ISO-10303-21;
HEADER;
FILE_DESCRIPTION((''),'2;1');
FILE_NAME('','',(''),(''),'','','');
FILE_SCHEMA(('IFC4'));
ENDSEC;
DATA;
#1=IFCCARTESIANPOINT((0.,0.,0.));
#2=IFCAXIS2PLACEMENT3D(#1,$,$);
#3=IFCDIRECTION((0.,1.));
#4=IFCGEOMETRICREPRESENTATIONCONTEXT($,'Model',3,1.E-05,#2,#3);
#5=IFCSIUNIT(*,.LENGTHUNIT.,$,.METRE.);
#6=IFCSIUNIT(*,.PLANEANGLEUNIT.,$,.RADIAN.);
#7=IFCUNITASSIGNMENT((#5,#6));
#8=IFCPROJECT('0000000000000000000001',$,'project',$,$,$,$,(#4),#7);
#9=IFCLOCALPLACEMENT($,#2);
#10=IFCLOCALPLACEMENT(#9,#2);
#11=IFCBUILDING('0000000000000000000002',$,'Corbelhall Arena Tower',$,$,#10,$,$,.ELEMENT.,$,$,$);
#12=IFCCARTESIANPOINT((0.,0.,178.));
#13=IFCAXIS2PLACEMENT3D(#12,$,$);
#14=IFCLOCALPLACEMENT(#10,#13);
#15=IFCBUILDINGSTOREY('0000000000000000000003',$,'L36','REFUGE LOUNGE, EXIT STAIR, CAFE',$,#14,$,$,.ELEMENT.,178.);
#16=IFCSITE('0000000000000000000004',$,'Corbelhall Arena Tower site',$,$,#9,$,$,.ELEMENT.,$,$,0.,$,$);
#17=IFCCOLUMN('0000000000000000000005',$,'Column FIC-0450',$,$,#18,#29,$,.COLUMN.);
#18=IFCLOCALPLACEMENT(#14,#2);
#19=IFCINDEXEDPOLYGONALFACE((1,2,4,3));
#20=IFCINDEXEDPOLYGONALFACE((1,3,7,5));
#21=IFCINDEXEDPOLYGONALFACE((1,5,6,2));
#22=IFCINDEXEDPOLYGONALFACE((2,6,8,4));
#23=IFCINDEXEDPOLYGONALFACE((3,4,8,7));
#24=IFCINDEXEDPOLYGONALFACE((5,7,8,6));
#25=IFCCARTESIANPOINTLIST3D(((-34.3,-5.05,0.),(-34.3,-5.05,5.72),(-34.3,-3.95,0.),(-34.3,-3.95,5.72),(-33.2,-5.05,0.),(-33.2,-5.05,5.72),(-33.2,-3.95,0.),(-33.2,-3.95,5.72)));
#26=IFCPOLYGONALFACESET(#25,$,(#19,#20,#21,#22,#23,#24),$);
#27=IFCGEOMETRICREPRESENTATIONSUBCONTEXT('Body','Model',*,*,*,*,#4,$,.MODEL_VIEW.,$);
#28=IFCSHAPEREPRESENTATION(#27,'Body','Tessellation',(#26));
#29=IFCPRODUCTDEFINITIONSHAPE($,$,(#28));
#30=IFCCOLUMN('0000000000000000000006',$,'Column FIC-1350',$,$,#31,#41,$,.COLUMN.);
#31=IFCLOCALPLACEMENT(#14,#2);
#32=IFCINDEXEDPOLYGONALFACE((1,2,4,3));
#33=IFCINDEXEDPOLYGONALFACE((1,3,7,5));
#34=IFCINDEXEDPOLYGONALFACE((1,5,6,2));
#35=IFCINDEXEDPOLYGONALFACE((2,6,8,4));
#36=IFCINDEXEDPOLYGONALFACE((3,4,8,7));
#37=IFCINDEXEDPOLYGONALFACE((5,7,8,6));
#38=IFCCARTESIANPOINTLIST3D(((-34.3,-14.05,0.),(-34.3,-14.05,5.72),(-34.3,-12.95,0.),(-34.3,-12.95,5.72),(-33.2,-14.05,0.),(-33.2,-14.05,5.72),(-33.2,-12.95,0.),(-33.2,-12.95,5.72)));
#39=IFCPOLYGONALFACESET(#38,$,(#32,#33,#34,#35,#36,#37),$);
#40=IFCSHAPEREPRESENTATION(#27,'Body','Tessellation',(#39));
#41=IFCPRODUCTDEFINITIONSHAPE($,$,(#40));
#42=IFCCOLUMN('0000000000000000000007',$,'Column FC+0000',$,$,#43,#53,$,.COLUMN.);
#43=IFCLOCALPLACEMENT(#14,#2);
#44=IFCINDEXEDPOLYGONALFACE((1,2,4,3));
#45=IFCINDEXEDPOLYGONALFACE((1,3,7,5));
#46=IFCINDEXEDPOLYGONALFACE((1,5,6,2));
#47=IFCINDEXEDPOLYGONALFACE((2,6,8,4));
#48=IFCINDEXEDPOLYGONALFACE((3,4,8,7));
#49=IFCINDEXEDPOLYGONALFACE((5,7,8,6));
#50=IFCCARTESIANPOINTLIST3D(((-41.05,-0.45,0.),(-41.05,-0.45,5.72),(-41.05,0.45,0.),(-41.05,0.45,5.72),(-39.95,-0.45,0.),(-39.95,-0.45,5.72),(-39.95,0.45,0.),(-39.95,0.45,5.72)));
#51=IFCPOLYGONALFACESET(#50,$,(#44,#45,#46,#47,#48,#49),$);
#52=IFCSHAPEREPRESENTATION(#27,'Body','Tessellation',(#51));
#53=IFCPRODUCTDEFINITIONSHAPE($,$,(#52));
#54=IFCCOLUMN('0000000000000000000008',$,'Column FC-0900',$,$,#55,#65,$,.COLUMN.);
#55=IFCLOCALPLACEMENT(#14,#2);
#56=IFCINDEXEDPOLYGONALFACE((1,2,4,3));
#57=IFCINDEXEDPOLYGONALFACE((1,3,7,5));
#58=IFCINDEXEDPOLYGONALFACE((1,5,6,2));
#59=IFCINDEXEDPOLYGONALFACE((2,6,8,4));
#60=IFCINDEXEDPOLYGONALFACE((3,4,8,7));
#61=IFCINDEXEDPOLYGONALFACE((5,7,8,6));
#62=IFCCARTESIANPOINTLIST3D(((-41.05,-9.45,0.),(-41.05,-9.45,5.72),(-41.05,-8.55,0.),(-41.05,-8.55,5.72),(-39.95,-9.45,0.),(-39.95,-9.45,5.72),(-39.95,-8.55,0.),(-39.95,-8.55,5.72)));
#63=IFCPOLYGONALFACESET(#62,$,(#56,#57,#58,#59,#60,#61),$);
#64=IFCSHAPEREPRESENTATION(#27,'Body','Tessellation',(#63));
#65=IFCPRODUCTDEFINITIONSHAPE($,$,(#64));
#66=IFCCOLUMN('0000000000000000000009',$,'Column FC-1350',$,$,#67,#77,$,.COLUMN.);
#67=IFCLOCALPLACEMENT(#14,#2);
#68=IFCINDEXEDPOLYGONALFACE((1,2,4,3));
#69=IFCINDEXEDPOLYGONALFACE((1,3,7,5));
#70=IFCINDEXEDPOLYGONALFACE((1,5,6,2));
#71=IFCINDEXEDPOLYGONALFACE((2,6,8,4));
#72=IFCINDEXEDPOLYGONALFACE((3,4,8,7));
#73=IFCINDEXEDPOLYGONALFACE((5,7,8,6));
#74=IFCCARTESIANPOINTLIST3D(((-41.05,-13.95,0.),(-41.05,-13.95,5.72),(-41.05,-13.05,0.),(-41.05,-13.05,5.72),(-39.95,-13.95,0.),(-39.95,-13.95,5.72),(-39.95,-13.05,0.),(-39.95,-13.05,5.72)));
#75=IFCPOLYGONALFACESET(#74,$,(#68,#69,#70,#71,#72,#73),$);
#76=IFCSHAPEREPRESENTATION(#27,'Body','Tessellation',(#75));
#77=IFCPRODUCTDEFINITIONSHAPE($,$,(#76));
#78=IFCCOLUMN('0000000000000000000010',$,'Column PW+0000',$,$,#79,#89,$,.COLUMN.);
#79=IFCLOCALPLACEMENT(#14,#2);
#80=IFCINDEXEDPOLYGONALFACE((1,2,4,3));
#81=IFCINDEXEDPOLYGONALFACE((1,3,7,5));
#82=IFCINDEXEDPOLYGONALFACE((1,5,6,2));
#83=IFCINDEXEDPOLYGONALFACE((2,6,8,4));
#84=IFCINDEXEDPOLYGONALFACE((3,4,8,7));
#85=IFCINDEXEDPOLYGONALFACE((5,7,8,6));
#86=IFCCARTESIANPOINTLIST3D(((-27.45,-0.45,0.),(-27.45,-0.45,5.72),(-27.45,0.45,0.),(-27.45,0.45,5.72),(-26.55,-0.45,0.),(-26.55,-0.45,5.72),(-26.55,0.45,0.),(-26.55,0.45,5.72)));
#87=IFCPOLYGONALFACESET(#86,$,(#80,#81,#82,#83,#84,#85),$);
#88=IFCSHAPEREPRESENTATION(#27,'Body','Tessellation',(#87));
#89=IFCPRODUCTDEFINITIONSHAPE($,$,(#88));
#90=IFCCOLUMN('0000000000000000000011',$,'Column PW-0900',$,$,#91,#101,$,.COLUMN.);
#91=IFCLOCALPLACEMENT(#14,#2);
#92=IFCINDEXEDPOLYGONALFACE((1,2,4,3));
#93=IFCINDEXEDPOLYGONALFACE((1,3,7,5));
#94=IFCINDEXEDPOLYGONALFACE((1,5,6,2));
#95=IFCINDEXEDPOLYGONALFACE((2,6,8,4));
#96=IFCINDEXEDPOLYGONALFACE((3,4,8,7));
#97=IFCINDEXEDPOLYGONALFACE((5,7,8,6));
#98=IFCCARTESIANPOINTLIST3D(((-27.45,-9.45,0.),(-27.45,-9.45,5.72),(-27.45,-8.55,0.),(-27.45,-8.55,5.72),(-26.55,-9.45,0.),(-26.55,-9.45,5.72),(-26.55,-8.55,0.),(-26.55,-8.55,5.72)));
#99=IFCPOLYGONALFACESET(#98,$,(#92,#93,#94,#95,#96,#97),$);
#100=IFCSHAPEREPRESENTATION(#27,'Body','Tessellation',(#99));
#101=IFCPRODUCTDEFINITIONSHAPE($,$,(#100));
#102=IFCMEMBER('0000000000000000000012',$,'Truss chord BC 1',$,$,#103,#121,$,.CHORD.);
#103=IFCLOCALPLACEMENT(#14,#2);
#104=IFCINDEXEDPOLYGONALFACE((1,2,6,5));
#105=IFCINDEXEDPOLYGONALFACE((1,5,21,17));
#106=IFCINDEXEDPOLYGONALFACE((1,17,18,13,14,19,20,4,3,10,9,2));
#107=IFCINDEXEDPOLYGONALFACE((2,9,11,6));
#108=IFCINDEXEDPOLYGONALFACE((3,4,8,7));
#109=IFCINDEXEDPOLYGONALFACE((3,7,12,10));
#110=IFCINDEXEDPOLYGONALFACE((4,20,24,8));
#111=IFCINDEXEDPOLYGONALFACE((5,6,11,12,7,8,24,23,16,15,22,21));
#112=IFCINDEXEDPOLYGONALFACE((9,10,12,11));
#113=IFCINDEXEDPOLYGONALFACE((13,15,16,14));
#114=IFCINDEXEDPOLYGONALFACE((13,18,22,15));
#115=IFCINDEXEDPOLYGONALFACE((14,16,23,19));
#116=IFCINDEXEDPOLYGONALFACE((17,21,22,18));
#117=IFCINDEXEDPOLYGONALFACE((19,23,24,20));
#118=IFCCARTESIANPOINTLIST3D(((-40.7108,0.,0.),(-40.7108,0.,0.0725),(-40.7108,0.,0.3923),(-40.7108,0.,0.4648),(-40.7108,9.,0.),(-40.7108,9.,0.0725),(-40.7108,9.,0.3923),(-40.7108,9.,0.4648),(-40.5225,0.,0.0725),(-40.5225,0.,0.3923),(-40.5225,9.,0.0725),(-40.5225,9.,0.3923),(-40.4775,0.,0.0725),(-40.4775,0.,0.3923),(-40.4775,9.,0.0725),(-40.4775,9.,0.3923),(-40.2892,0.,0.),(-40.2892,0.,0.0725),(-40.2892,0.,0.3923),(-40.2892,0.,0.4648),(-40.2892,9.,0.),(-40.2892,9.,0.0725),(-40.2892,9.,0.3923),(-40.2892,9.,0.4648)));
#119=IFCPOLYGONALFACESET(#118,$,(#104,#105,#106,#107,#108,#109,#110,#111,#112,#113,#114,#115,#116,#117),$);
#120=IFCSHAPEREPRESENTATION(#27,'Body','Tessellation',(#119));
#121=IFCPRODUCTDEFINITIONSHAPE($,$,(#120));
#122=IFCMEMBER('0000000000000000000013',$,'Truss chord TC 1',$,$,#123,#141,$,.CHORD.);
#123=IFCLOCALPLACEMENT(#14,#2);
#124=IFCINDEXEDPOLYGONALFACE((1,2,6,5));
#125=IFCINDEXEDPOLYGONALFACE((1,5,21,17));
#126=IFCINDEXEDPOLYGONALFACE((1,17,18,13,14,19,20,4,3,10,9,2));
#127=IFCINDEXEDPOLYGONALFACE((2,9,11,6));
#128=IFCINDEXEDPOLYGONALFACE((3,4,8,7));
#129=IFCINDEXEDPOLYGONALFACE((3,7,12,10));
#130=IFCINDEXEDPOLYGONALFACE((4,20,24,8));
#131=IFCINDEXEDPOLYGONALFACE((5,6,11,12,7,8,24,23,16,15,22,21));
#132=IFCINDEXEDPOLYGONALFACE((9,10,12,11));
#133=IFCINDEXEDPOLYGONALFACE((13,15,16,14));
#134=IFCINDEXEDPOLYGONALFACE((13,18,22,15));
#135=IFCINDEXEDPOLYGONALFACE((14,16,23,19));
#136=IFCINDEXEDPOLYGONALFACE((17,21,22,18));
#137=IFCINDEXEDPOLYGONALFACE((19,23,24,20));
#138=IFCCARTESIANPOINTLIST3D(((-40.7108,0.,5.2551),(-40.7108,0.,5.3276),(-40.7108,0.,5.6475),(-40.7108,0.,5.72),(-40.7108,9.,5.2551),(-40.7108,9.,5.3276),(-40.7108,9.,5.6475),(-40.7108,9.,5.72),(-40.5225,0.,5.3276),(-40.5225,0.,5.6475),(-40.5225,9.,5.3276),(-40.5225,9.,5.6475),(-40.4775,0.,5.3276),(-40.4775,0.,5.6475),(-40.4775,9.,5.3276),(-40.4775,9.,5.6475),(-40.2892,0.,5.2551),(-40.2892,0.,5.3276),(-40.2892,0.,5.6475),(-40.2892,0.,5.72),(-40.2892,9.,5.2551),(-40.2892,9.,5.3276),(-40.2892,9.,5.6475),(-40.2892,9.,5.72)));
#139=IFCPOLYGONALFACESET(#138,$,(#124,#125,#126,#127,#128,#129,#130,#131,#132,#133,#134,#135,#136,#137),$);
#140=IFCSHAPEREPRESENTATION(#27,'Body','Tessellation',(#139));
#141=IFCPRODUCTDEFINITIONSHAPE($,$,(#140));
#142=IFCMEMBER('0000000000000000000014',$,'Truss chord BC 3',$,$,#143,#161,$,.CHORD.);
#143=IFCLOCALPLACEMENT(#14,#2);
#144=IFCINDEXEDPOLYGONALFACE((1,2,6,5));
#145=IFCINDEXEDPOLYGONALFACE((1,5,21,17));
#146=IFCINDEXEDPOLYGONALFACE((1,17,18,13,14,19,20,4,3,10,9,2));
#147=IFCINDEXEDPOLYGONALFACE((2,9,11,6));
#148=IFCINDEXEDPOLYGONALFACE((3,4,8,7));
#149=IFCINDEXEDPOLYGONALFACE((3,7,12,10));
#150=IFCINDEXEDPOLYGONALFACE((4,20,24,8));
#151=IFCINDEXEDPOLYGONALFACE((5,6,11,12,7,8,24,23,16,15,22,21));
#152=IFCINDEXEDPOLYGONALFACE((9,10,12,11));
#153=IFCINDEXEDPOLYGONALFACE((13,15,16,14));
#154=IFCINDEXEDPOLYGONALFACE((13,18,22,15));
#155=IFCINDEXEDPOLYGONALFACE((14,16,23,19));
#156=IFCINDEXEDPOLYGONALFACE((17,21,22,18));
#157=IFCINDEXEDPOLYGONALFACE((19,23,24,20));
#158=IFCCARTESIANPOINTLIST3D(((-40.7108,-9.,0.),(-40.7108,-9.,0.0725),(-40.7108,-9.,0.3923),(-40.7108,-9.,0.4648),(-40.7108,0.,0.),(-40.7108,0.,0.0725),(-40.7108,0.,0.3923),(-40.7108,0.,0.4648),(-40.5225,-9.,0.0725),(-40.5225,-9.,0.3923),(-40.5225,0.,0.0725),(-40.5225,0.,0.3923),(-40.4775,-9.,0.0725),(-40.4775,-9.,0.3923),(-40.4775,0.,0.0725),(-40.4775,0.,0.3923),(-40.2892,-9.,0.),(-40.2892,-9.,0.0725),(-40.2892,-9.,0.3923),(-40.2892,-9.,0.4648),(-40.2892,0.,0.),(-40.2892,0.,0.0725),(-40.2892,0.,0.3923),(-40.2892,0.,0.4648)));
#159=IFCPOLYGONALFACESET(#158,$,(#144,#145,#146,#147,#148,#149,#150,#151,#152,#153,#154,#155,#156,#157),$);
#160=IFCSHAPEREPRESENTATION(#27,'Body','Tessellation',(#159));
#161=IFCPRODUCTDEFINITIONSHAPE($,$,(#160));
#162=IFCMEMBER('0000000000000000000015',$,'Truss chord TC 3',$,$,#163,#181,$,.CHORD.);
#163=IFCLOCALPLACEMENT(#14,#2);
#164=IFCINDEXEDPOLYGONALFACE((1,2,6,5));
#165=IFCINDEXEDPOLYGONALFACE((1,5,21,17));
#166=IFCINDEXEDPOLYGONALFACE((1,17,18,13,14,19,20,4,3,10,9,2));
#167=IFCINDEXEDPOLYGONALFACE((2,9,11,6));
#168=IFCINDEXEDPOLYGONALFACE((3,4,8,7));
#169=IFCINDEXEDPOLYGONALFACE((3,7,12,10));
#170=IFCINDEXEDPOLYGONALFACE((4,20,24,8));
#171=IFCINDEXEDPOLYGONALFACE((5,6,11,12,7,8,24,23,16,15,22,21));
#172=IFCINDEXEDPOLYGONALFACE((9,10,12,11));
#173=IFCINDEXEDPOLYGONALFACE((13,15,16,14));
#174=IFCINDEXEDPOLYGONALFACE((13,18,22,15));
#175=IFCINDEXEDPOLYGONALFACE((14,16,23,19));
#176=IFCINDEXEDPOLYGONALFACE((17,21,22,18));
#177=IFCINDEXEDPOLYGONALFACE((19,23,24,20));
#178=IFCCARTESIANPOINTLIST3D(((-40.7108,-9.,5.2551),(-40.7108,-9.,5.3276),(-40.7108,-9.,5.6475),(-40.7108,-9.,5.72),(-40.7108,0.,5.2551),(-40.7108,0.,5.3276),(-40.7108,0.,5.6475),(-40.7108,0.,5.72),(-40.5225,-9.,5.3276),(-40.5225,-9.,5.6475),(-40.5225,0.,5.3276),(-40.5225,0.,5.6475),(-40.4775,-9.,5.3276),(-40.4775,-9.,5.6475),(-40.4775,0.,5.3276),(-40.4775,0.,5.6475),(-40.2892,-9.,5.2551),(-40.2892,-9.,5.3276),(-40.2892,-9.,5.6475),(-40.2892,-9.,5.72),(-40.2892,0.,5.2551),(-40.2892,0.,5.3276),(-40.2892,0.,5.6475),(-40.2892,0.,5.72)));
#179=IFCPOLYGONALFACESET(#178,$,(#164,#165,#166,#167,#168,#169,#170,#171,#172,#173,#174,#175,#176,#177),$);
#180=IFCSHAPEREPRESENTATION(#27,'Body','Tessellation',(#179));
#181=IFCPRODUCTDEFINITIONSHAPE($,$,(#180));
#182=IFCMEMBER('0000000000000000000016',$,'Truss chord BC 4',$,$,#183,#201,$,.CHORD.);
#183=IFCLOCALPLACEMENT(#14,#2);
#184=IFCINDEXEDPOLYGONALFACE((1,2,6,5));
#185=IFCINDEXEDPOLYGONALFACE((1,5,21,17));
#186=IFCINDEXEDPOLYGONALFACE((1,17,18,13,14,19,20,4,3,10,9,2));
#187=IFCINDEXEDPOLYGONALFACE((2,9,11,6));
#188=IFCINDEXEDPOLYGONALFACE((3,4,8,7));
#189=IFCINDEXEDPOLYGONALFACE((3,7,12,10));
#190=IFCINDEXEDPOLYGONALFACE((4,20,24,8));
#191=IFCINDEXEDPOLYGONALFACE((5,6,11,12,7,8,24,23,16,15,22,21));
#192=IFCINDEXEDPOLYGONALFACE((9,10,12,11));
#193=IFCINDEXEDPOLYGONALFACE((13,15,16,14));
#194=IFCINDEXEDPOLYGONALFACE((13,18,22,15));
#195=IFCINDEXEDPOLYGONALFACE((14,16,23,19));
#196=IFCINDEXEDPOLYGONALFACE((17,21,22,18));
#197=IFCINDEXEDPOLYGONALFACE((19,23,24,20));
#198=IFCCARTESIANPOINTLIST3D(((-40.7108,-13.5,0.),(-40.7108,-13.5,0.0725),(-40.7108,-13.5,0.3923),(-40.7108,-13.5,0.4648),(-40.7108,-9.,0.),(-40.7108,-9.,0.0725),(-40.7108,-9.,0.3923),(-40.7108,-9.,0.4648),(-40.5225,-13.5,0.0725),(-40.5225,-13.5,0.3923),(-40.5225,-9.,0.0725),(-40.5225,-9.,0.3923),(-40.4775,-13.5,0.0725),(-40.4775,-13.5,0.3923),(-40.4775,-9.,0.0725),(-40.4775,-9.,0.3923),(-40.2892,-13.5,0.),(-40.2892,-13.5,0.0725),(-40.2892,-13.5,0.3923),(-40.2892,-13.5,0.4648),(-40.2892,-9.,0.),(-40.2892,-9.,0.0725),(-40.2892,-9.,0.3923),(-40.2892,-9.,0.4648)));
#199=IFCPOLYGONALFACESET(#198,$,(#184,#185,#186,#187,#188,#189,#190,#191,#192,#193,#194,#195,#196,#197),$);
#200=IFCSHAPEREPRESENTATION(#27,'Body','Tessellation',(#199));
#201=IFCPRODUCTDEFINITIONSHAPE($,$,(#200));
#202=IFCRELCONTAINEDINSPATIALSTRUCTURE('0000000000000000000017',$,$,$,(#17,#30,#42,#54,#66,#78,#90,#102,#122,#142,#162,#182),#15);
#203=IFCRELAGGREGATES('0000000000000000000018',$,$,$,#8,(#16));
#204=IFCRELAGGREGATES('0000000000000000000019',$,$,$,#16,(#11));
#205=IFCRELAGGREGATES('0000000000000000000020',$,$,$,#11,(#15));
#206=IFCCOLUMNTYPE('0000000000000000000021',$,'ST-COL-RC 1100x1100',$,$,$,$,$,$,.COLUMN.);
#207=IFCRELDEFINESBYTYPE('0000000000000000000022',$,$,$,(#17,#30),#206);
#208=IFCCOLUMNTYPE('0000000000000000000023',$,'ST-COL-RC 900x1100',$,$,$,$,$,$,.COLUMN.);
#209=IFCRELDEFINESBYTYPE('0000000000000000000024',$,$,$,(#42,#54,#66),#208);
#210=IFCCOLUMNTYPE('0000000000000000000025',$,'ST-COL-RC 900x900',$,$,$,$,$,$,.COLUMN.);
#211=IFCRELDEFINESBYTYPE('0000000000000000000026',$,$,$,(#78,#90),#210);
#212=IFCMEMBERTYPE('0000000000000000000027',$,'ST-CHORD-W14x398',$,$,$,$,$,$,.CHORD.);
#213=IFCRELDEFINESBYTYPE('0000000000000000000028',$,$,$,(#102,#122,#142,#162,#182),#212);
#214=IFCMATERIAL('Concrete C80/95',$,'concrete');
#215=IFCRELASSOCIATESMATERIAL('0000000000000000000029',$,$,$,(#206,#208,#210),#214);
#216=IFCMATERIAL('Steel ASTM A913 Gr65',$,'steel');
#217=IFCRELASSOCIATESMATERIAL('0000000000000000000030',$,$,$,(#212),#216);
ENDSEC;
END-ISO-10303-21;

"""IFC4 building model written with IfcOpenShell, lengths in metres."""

from ifc_helpers import new_model, si_unit, direction, frame, origin, origin_2d, place, context, subcontext, project, spatial, rectangle, i_section, extrude, material, material_profile, profile_set, type_object, element, save


model = new_model("IFC4")

# Units and contexts
model_context = context("Model", 3, precision=1e-05, world=origin(), true_north=direction((0.0, 1.0)))
body_context = subcontext(model_context, "Body", "Model", "MODEL_VIEW")
ifc_project = project(units=[si_unit("LENGTHUNIT", "METRE"), si_unit("PLANEANGLEUNIT", "RADIAN")], contexts=[model_context])

# Site, building, storey
site_placement = place(None, origin())
site = spatial("IfcSite", under=ifc_project, at=site_placement, Name="Corbelhall Arena Tower site", CompositionType="ELEMENT", RefElevation=0.0)
building_placement = place(site_placement, origin())
building = spatial("IfcBuilding", under=site, at=building_placement, Name="Corbelhall Arena Tower", CompositionType="ELEMENT")
storey_placement = place(building_placement, frame((0.0, 0.0, 178.0)))
storey = spatial("IfcBuildingStorey", under=building, at=storey_placement, Name="L36", Description="REFUGE LOUNGE, EXIT STAIR, CAFE", CompositionType="ELEMENT", Elevation=178.0)

# Columns
ifc_material_1 = material(Name="Concrete C80/95", Category="concrete")
ifc_material_profile_1 = material_profile(ifc_material_1, rectangle(XDim=1.1001, YDim=1.1001, at=origin_2d()))
ifc_profile_set_1 = profile_set([ifc_material_profile_1], Name="Concrete C80/95")
column_type_1 = type_object("IfcColumnType", Name="ST-COL-RC 1100x1100", PredefinedType="COLUMN", material=ifc_profile_set_1)
for number, where, z_axis, x_axis, name in (
    (1, (-33.75, -4.5, 0.0), (0.0, 0.0, 1.0), (1.0, 0.0, 0.0), "Column FIC-0450"),
    (2, (-33.75, -13.5, 0.0), (0.0, 0.0, 1.0), (1.0, 0.0, 0.0), "Column FIC-1350"),
):
    element("IfcColumn", number, at=place(storey_placement, frame(where, z_axis=z_axis, x_axis=x_axis)), inside=storey, type_object=column_type_1, Name=name, PredefinedType="COLUMN", context=body_context, shape_type="SweptSolid", body=[
        extrude(rectangle(XDim=1.1001, YDim=1.1001, at=origin_2d()), origin(), (0.0, 0.0, 1.0), 5.72),
    ])
ifc_material_profile_2 = material_profile(ifc_material_1, rectangle(XDim=0.8999, YDim=1.1001, at=origin_2d()))
ifc_profile_set_2 = profile_set([ifc_material_profile_2], Name="Concrete C80/95")
column_type_2 = type_object("IfcColumnType", Name="ST-COL-RC 900x1100", PredefinedType="COLUMN", material=ifc_profile_set_2)
for number, where, z_axis, x_axis, name in (
    (3, (-40.5, 0.0, 0.0), (0.0, 0.0, 1.0), (0.0, 1.0, 0.0), "Column FC+0000"),
    (4, (-40.5, -9.0, 0.0), (0.0, 0.0, 1.0), (0.0, 1.0, 0.0), "Column FC-0900"),
    (5, (-40.5, -13.5, 0.0), (0.0, 0.0, 1.0), (0.0, 1.0, 0.0), "Column FC-1350"),
):
    element("IfcColumn", number, at=place(storey_placement, frame(where, z_axis=z_axis, x_axis=x_axis)), inside=storey, type_object=column_type_2, Name=name, PredefinedType="COLUMN", context=body_context, shape_type="SweptSolid", body=[
        extrude(rectangle(XDim=0.8999, YDim=1.1001, at=origin_2d()), origin(), (0.0, 0.0, 1.0), 5.72),
    ])
ifc_material_profile_3 = material_profile(ifc_material_1, rectangle(XDim=0.8999, YDim=0.8999, at=origin_2d()))
ifc_profile_set_3 = profile_set([ifc_material_profile_3], Name="Concrete C80/95")
column_type_3 = type_object("IfcColumnType", Name="ST-COL-RC 900x900", PredefinedType="COLUMN", material=ifc_profile_set_3)
for number, where, z_axis, x_axis, name in (
    (6, (-27.0, 0.0, 0.0), (0.0, 0.0, 1.0), (1.0, 0.0, 0.0), "Column PW+0000"),
    (7, (-27.0, -9.0, 0.0), (0.0, 0.0, 1.0), (1.0, 0.0, 0.0), "Column PW-0900"),
):
    element("IfcColumn", number, at=place(storey_placement, frame(where, z_axis=z_axis, x_axis=x_axis)), inside=storey, type_object=column_type_3, Name=name, PredefinedType="COLUMN", context=body_context, shape_type="SweptSolid", body=[
        extrude(rectangle(XDim=0.8999, YDim=0.8999, at=origin_2d()), origin(), (0.0, 0.0, 1.0), 5.72),
    ])

# Members
ifc_material_2 = material(Name="Steel ASTM A913 Gr65", Category="steel")
ifc_material_profile_4 = material_profile(ifc_material_2, i_section(OverallWidth=0.4216, OverallDepth=0.4648, WebThickness=0.0449, FlangeThickness=0.0725, at=origin_2d()))
ifc_profile_set_4 = profile_set([ifc_material_profile_4], Name="Steel ASTM A913 Gr65")
member_type_1 = type_object("IfcMemberType", Name="ST-CHORD-W14x398", PredefinedType="CHORD", material=ifc_profile_set_4)
for number, where, z_axis, x_axis, name in (
    (8, (-40.5, 0.0, 0.2324), (0.0, 1.0, 0.0), (-1.0, 0.0, 0.0), "Truss chord BC 1"),
    (9, (-40.5, 0.0, 5.4875), (0.0, 1.0, 0.0), (-1.0, 0.0, 0.0), "Truss chord TC 1"),
    (10, (-40.5, -9.0, 0.2324), (0.0, 1.0, 0.0), (-1.0, 0.0, 0.0), "Truss chord BC 3"),
    (11, (-40.5, -9.0, 5.4875), (0.0, 1.0, 0.0), (-1.0, 0.0, 0.0), "Truss chord TC 3"),
):
    element("IfcMember", number, at=place(storey_placement, frame(where, z_axis=z_axis, x_axis=x_axis)), inside=storey, type_object=member_type_1, Name=name, PredefinedType="CHORD", context=body_context, shape_type="SweptSolid", body=[
        extrude(i_section(OverallWidth=0.4216, OverallDepth=0.4648, WebThickness=0.0449, FlangeThickness=0.0725, at=origin_2d()), origin(), (0.0, 0.0, 1.0), 9.0),
    ])
for number, where, z_axis, x_axis, name in (
    (12, (-40.5, -13.5, 0.2324), (0.0, 1.0, 0.0), (-1.0, 0.0, 0.0), "Truss chord BC 4"),
):
    element("IfcMember", number, at=place(storey_placement, frame(where, z_axis=z_axis, x_axis=x_axis)), inside=storey, type_object=member_type_1, Name=name, PredefinedType="CHORD", context=body_context, shape_type="SweptSolid", body=[
        extrude(i_section(OverallWidth=0.4216, OverallDepth=0.4648, WebThickness=0.0449, FlangeThickness=0.0725, at=origin_2d()), origin(), (0.0, 0.0, 1.0), 4.5),
    ])

save(model, "model.ifc")
